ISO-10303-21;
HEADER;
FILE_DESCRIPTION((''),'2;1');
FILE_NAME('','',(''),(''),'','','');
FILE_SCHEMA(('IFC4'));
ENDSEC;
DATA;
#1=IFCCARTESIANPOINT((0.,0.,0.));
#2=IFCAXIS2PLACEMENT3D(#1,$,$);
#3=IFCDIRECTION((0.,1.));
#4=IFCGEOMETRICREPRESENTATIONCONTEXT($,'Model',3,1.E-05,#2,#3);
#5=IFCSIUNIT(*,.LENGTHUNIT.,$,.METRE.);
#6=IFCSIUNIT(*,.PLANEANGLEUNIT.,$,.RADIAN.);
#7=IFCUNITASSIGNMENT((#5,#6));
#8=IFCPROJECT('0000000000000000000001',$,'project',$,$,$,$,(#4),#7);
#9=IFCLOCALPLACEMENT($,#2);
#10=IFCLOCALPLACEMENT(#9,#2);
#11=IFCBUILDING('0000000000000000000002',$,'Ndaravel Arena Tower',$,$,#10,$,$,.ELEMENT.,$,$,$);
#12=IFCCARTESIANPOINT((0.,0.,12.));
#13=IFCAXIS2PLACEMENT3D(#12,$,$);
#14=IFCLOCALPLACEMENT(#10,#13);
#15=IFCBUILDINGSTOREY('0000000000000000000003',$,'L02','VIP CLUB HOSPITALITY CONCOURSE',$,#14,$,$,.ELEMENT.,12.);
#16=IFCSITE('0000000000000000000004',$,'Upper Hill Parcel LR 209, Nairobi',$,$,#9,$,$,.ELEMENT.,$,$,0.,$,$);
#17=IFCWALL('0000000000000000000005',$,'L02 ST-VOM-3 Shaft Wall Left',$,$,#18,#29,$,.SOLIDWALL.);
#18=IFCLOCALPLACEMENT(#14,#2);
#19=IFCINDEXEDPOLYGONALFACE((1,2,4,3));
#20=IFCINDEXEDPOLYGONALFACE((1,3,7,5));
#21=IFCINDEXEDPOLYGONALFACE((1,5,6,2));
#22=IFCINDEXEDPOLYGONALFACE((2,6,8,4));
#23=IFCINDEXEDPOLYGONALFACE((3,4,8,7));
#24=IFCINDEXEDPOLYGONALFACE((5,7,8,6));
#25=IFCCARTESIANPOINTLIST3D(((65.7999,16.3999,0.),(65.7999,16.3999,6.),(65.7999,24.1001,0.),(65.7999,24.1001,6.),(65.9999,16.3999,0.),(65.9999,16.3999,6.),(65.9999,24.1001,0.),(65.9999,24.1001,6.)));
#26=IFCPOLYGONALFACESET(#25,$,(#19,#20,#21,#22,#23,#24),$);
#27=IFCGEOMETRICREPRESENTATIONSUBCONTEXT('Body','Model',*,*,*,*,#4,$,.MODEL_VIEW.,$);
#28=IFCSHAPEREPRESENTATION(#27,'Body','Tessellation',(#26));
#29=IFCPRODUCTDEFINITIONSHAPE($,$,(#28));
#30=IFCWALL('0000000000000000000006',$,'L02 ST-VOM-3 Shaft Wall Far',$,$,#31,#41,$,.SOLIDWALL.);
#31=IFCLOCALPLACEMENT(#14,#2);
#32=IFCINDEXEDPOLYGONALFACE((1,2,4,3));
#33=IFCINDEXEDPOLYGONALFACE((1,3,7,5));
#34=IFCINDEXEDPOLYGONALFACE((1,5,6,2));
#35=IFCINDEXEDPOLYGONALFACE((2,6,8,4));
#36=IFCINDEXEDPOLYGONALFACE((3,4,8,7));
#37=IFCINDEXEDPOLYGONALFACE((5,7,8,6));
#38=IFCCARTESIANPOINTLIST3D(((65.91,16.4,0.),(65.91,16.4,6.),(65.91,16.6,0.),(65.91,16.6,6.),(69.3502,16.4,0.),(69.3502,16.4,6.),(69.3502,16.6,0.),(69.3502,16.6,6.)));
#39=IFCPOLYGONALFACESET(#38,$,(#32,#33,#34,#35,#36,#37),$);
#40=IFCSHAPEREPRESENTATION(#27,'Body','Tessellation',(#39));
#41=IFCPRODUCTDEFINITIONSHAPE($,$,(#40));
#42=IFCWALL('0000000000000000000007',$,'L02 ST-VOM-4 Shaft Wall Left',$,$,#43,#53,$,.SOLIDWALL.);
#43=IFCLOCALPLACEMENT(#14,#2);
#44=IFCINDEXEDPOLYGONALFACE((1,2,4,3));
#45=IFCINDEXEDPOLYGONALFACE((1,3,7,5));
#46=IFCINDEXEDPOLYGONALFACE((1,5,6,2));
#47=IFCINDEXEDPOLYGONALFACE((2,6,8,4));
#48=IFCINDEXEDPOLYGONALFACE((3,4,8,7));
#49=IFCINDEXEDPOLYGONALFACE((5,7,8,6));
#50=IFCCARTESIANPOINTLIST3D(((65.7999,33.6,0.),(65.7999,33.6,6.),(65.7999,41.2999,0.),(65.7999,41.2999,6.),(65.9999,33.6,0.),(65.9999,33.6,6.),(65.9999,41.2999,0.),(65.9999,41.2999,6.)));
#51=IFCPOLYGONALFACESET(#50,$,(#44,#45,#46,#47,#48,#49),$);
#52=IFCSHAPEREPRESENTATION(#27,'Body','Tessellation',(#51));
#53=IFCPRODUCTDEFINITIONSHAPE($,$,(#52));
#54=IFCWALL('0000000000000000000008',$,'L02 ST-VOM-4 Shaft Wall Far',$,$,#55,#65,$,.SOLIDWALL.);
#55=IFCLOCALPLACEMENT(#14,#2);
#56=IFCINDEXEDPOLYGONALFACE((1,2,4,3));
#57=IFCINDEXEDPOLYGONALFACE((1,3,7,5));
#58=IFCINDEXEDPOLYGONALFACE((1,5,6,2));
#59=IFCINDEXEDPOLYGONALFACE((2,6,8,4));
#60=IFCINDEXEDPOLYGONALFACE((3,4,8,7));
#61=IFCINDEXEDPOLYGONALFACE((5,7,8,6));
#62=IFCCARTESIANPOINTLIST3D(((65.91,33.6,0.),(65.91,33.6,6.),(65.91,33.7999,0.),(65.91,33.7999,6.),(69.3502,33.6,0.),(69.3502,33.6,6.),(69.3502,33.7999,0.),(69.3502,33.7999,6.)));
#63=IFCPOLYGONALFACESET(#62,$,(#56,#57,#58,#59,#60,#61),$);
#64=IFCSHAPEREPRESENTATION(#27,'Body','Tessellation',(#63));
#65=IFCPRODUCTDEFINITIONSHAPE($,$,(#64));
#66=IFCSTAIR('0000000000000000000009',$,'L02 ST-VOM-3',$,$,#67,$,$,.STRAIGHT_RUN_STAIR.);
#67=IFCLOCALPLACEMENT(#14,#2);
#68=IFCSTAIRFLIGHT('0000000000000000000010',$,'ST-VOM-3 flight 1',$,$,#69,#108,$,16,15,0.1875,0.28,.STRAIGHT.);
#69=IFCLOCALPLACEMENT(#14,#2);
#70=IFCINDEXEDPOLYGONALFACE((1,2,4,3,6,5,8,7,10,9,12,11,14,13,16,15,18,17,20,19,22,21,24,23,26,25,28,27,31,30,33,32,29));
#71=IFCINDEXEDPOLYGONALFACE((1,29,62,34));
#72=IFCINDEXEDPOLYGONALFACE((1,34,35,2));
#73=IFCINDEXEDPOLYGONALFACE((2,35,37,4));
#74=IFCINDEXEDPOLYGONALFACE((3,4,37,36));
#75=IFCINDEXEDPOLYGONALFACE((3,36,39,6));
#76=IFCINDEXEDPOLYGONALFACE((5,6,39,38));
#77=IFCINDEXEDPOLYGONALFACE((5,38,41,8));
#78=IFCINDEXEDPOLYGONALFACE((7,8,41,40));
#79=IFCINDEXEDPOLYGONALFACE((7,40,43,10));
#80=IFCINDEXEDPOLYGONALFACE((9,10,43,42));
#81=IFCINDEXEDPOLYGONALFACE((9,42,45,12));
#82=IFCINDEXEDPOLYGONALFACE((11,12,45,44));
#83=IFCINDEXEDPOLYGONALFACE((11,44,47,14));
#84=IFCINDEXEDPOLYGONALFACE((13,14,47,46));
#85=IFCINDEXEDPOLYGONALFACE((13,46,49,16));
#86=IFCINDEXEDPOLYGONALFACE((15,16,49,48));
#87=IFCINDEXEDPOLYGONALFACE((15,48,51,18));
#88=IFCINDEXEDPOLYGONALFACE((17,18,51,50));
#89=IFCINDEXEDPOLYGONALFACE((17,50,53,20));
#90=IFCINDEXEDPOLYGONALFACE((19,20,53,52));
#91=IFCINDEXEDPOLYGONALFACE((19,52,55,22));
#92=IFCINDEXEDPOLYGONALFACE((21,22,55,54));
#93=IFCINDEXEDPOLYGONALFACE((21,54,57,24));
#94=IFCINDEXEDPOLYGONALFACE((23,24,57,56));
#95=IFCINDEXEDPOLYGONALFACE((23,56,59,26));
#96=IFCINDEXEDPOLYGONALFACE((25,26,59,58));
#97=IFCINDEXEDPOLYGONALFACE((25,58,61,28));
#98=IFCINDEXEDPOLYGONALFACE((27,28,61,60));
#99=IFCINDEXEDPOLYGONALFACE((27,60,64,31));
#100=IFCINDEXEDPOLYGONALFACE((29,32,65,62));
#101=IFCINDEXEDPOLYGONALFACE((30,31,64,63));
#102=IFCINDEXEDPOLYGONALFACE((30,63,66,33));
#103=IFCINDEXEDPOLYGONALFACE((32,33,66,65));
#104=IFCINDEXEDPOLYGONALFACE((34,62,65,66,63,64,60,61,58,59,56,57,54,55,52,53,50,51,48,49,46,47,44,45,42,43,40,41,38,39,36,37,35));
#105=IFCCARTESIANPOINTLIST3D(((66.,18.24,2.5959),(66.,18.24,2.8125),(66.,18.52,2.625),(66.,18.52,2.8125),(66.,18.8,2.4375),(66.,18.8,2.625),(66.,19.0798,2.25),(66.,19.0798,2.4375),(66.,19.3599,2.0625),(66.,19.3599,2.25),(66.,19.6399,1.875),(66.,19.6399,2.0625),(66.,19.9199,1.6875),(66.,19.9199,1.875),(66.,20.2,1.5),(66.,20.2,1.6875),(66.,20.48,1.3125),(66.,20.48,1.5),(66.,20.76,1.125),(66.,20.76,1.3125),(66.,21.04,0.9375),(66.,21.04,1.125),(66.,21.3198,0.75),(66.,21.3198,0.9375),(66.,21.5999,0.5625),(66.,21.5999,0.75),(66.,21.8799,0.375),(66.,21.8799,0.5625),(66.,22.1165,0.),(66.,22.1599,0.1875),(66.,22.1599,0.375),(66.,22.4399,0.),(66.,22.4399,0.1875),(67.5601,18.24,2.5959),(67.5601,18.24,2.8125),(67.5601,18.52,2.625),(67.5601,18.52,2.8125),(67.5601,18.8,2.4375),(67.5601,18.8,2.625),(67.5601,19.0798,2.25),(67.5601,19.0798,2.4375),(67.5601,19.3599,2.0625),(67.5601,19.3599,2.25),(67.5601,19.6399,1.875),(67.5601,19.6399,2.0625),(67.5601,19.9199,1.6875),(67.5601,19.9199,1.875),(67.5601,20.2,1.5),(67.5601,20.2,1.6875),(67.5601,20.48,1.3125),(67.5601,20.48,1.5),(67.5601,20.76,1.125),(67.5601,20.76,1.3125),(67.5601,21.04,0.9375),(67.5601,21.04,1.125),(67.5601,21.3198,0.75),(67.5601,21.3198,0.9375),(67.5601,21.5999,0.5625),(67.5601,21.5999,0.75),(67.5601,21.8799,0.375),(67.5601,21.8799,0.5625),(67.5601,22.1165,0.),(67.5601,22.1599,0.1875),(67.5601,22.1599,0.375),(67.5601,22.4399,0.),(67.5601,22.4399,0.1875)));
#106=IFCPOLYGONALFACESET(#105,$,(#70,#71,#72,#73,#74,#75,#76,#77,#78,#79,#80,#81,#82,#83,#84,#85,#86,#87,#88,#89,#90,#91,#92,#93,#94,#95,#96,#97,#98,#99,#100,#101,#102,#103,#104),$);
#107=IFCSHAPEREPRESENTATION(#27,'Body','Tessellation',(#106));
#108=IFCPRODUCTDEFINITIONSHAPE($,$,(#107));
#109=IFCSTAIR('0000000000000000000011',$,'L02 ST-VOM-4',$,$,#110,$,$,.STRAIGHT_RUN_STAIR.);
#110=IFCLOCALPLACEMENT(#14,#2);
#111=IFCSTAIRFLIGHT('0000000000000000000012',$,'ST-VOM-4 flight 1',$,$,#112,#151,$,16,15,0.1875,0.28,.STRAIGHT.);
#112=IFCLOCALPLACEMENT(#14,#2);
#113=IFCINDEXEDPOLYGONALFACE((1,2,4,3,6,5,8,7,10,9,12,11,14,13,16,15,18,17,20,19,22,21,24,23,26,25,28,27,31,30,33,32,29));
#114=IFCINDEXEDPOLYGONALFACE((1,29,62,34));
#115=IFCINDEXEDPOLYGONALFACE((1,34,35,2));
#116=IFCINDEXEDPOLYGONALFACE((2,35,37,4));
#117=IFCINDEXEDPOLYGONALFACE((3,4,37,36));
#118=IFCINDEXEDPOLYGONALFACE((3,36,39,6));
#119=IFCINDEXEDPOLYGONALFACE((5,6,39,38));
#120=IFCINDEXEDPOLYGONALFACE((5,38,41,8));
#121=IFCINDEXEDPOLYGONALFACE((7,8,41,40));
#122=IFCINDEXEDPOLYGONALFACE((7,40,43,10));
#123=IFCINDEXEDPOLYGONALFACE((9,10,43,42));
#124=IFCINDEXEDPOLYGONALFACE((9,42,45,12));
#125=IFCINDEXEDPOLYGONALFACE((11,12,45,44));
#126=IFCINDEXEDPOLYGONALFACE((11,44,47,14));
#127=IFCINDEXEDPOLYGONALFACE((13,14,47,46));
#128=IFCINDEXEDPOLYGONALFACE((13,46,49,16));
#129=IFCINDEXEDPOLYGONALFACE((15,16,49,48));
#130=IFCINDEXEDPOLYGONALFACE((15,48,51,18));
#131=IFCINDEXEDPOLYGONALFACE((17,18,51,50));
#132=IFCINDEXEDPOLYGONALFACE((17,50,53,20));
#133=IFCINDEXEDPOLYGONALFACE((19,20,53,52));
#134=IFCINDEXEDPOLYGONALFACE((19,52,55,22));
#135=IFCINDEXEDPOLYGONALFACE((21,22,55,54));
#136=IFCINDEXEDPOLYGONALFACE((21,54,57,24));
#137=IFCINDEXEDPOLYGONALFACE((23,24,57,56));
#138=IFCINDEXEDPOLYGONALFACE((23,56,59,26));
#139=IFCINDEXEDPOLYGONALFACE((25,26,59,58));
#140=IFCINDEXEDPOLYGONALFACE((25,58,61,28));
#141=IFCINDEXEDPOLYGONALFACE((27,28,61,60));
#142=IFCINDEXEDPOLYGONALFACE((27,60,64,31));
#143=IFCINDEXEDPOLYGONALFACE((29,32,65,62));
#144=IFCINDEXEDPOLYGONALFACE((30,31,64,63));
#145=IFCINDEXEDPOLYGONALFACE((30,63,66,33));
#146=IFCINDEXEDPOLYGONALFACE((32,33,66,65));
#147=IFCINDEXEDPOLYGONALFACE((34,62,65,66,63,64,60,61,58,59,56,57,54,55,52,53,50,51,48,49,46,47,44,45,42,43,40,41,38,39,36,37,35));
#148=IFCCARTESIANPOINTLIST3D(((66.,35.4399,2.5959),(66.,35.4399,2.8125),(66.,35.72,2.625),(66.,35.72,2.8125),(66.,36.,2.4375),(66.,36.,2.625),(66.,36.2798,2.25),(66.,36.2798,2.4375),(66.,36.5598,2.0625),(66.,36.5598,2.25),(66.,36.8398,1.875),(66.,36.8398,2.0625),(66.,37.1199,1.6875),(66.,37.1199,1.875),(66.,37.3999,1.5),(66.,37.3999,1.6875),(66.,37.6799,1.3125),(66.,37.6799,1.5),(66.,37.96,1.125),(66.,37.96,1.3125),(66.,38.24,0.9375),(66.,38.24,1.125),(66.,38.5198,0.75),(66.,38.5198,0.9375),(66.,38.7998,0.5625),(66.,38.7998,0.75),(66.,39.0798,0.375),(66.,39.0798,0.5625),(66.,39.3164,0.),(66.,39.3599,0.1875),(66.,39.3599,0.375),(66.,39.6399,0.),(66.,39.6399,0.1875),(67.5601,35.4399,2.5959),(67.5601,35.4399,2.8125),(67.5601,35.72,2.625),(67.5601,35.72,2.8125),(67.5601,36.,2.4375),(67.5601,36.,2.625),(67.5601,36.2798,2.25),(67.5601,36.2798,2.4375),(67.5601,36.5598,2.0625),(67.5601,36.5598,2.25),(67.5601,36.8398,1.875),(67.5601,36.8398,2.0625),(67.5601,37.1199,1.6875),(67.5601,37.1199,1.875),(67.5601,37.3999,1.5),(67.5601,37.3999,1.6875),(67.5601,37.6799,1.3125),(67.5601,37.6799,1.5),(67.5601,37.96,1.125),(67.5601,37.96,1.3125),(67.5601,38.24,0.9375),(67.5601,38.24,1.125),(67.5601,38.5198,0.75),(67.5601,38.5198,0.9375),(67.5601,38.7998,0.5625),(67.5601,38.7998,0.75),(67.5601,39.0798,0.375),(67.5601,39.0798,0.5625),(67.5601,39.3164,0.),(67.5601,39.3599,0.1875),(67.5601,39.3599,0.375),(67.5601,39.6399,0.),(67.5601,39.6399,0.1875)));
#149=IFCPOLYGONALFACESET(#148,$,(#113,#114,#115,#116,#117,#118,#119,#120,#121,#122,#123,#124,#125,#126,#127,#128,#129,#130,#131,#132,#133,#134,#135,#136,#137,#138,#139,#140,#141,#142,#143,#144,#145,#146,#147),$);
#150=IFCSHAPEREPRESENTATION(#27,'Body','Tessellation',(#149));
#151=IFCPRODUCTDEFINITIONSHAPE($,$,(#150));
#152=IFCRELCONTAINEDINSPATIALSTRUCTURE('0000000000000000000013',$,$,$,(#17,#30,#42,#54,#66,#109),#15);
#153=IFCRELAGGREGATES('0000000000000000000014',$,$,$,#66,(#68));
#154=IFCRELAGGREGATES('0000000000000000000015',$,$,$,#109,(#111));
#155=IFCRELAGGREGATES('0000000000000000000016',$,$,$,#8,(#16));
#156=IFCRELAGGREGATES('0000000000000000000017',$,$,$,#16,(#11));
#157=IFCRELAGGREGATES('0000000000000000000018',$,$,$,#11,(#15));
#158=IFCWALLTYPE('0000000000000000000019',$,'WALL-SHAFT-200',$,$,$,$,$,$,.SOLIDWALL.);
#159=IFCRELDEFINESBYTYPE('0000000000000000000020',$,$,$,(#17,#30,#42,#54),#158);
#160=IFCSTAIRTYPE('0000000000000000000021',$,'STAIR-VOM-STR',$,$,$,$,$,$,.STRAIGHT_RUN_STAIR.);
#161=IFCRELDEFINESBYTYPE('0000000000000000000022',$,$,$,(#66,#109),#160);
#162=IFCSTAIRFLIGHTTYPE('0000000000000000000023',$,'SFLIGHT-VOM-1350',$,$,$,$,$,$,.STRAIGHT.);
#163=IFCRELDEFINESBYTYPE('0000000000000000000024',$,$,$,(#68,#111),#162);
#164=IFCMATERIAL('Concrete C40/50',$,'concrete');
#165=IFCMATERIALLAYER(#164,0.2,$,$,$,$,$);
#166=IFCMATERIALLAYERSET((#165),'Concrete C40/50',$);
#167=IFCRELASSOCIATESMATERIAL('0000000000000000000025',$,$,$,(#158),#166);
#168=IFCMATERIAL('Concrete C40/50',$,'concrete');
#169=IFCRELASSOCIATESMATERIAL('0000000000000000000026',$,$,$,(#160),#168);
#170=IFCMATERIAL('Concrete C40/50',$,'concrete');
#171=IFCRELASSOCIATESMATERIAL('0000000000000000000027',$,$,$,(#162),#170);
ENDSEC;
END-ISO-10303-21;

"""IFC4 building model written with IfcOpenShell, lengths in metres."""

from ifc_helpers import new_model, si_unit, direction, frame, frame_2d, origin, place, context, subcontext, project, spatial, polyline, rectangle, outline, extrude, material, layer, layer_set, type_object, element, aggregate, save


model = new_model("IFC4")

# Units and contexts
model_context = context("Model", 3, precision=1e-05, world=origin(), true_north=direction((0.0, 1.0)))
body_context = subcontext(model_context, "Body", "Model", "MODEL_VIEW")
ifc_project = project(units=[si_unit("LENGTHUNIT", "METRE"), si_unit("PLANEANGLEUNIT", "RADIAN")], contexts=[model_context])

# Site, building, storey
site_placement = place(None, origin())
site = spatial("IfcSite", under=ifc_project, at=site_placement, Name="Upper Hill Parcel LR 209, Nairobi", CompositionType="ELEMENT", RefElevation=0.0)
building_placement = place(site_placement, origin())
building = spatial("IfcBuilding", under=site, at=building_placement, Name="Ndaravel Arena Tower", CompositionType="ELEMENT")
storey_placement = place(building_placement, frame((0.0, 0.0, 12.0)))
storey = spatial("IfcBuildingStorey", under=building, at=storey_placement, Name="L02", Description="VIP CLUB HOSPITALITY CONCOURSE", CompositionType="ELEMENT", Elevation=12.0)

# Walls
ifc_material_1 = material(Name="Concrete C40/50", Category="concrete")
ifc_layer_1 = layer(ifc_material_1, 0.2)
ifc_layer_set_1 = layer_set([ifc_layer_1], Name="Concrete C40/50")
wall_type_1 = type_object("IfcWallType", Name="WALL-SHAFT-200", PredefinedType="SOLIDWALL", material=ifc_layer_set_1)
wall_1_placement = place(storey_placement, frame((65.8999, 24.1001, 0.0), z_axis=(0.0, 0.0, 1.0), x_axis=(0.0, -1.0, 0.0)))
element("IfcWall", 1, at=wall_1_placement, inside=storey, type_object=wall_type_1, Name="L02 ST-VOM-3 Shaft Wall Left", PredefinedType="SOLIDWALL", context=body_context, shape_type="SweptSolid", body=[
    extrude(rectangle(XDim=7.7002, YDim=0.2, at=frame_2d((3.8501, 0.0))), origin(), (0.0, 0.0, 1.0), 6.0),
])
wall_2_placement = place(storey_placement, frame((65.9099, 16.5, 0.0), z_axis=(0.0, 0.0, 1.0), x_axis=(1.0, 0.0, 0.0)))
element("IfcWall", 2, at=wall_2_placement, inside=storey, type_object=wall_type_1, Name="L02 ST-VOM-3 Shaft Wall Far", PredefinedType="SOLIDWALL", context=body_context, shape_type="SweptSolid", body=[
    extrude(rectangle(XDim=3.4402, YDim=0.2, at=frame_2d((1.7202, 0.0))), origin(), (0.0, 0.0, 1.0), 6.0),
])
wall_3_placement = place(storey_placement, frame((65.8999, 41.3, 0.0), z_axis=(0.0, 0.0, 1.0), x_axis=(0.0, -1.0, 0.0)))
element("IfcWall", 3, at=wall_3_placement, inside=storey, type_object=wall_type_1, Name="L02 ST-VOM-4 Shaft Wall Left", PredefinedType="SOLIDWALL", context=body_context, shape_type="SweptSolid", body=[
    extrude(rectangle(XDim=7.7, YDim=0.2, at=frame_2d((3.8501, 0.0))), origin(), (0.0, 0.0, 1.0), 6.0),
])
wall_4_placement = place(storey_placement, frame((65.9099, 33.7, 0.0), z_axis=(0.0, 0.0, 1.0), x_axis=(1.0, 0.0, 0.0)))
element("IfcWall", 4, at=wall_4_placement, inside=storey, type_object=wall_type_1, Name="L02 ST-VOM-4 Shaft Wall Far", PredefinedType="SOLIDWALL", context=body_context, shape_type="SweptSolid", body=[
    extrude(rectangle(XDim=3.4402, YDim=0.2, at=frame_2d((1.7202, 0.0))), origin(), (0.0, 0.0, 1.0), 6.0),
])

# Stairs, stair flights
ifc_material_2 = material(Name="Concrete C40/50", Category="concrete")
stair_type = type_object("IfcStairType", Name="STAIR-VOM-STR", PredefinedType="STRAIGHT_RUN_STAIR", material=ifc_material_2)
stair_1_placement = place(storey_placement, origin())
stair_1 = element("IfcStair", 5, at=stair_1_placement, inside=storey, type_object=stair_type, Name="L02 ST-VOM-3", PredefinedType="STRAIGHT_RUN_STAIR")
ifc_material_3 = material(Name="Concrete C40/50", Category="concrete")
stair_flight_type = type_object("IfcStairFlightType", Name="SFLIGHT-VOM-1350", PredefinedType="STRAIGHT", material=ifc_material_3)
stair_flight_1_placement = place(storey_placement, frame((66.78, 22.4399, 0.0), z_axis=(0.0, 0.0, 1.0), x_axis=(0.0, -1.0, 0.0)))
stair_flight_1 = element("IfcStairFlight", 6, at=stair_flight_1_placement, type_object=stair_flight_type, Name="ST-VOM-3 flight 1", NumberOfRisers=16, NumberOfTreads=15, PredefinedType="STRAIGHT", RiserHeight=0.1875, TreadLength=0.28, context=body_context, shape_type="SweptSolid", body=[
    extrude(outline(polyline([(0.0, 0.0), (0.0, 0.1875), (0.28, 0.1875), (0.28, 0.375), (0.5601, 0.375), (0.5601, 0.5625), (0.8401, 0.5625), (0.8401, 0.75), (1.1201, 0.75), (1.1201, 0.9375), (1.3999, 0.9375), (1.3999, 1.125), (1.6799, 1.125), (1.6799, 1.3125), (1.96, 1.3125), (1.96, 1.5), (2.24, 1.5), (2.24, 1.6875), (2.52, 1.6875), (2.52, 1.875), (2.8, 1.875), (2.8, 2.0625), (3.0801, 2.0625), (3.0801, 2.25), (3.3601, 2.25), (3.3601, 2.4375), (3.6399, 2.4375), (3.6399, 2.625), (3.9199, 2.625), (3.9199, 2.8125), (4.2, 2.8125), (4.2, 3.0), (4.2, 2.5959), (0.3235, 0.0), (0.0, 0.0)])), frame((0.0, 0.78, 0.0), z_axis=(0.0, -1.0, 0.0), x_axis=(1.0, 0.0, 0.0)), (0.0, 0.0, 1.0), 1.5601),
])
aggregate(stair_1, [stair_flight_1])
stair_2_placement = place(storey_placement, origin())
stair_2 = element("IfcStair", 7, at=stair_2_placement, inside=storey, type_object=stair_type, Name="L02 ST-VOM-4", PredefinedType="STRAIGHT_RUN_STAIR")
stair_flight_2_placement = place(storey_placement, frame((66.78, 39.6399, 0.0), z_axis=(0.0, 0.0, 1.0), x_axis=(0.0, -1.0, 0.0)))
stair_flight_2 = element("IfcStairFlight", 8, at=stair_flight_2_placement, type_object=stair_flight_type, Name="ST-VOM-4 flight 1", NumberOfRisers=16, NumberOfTreads=15, PredefinedType="STRAIGHT", RiserHeight=0.1875, TreadLength=0.28, context=body_context, shape_type="SweptSolid", body=[
    extrude(outline(polyline([(0.0, 0.0), (0.0, 0.1875), (0.28, 0.1875), (0.28, 0.375), (0.5601, 0.375), (0.5601, 0.5625), (0.8401, 0.5625), (0.8401, 0.75), (1.1201, 0.75), (1.1201, 0.9375), (1.3999, 0.9375), (1.3999, 1.125), (1.6799, 1.125), (1.6799, 1.3125), (1.96, 1.3125), (1.96, 1.5), (2.24, 1.5), (2.24, 1.6875), (2.52, 1.6875), (2.52, 1.875), (2.8, 1.875), (2.8, 2.0625), (3.0801, 2.0625), (3.0801, 2.25), (3.3601, 2.25), (3.3601, 2.4375), (3.6399, 2.4375), (3.6399, 2.625), (3.9199, 2.625), (3.9199, 2.8125), (4.2, 2.8125), (4.2, 3.0), (4.2, 2.5959), (0.3235, 0.0), (0.0, 0.0)])), frame((0.0, 0.78, 0.0), z_axis=(0.0, -1.0, 0.0), x_axis=(1.0, 0.0, 0.0)), (0.0, 0.0, 1.0), 1.5601),
])
aggregate(stair_2, [stair_flight_2])

save(model, "model.ifc")
